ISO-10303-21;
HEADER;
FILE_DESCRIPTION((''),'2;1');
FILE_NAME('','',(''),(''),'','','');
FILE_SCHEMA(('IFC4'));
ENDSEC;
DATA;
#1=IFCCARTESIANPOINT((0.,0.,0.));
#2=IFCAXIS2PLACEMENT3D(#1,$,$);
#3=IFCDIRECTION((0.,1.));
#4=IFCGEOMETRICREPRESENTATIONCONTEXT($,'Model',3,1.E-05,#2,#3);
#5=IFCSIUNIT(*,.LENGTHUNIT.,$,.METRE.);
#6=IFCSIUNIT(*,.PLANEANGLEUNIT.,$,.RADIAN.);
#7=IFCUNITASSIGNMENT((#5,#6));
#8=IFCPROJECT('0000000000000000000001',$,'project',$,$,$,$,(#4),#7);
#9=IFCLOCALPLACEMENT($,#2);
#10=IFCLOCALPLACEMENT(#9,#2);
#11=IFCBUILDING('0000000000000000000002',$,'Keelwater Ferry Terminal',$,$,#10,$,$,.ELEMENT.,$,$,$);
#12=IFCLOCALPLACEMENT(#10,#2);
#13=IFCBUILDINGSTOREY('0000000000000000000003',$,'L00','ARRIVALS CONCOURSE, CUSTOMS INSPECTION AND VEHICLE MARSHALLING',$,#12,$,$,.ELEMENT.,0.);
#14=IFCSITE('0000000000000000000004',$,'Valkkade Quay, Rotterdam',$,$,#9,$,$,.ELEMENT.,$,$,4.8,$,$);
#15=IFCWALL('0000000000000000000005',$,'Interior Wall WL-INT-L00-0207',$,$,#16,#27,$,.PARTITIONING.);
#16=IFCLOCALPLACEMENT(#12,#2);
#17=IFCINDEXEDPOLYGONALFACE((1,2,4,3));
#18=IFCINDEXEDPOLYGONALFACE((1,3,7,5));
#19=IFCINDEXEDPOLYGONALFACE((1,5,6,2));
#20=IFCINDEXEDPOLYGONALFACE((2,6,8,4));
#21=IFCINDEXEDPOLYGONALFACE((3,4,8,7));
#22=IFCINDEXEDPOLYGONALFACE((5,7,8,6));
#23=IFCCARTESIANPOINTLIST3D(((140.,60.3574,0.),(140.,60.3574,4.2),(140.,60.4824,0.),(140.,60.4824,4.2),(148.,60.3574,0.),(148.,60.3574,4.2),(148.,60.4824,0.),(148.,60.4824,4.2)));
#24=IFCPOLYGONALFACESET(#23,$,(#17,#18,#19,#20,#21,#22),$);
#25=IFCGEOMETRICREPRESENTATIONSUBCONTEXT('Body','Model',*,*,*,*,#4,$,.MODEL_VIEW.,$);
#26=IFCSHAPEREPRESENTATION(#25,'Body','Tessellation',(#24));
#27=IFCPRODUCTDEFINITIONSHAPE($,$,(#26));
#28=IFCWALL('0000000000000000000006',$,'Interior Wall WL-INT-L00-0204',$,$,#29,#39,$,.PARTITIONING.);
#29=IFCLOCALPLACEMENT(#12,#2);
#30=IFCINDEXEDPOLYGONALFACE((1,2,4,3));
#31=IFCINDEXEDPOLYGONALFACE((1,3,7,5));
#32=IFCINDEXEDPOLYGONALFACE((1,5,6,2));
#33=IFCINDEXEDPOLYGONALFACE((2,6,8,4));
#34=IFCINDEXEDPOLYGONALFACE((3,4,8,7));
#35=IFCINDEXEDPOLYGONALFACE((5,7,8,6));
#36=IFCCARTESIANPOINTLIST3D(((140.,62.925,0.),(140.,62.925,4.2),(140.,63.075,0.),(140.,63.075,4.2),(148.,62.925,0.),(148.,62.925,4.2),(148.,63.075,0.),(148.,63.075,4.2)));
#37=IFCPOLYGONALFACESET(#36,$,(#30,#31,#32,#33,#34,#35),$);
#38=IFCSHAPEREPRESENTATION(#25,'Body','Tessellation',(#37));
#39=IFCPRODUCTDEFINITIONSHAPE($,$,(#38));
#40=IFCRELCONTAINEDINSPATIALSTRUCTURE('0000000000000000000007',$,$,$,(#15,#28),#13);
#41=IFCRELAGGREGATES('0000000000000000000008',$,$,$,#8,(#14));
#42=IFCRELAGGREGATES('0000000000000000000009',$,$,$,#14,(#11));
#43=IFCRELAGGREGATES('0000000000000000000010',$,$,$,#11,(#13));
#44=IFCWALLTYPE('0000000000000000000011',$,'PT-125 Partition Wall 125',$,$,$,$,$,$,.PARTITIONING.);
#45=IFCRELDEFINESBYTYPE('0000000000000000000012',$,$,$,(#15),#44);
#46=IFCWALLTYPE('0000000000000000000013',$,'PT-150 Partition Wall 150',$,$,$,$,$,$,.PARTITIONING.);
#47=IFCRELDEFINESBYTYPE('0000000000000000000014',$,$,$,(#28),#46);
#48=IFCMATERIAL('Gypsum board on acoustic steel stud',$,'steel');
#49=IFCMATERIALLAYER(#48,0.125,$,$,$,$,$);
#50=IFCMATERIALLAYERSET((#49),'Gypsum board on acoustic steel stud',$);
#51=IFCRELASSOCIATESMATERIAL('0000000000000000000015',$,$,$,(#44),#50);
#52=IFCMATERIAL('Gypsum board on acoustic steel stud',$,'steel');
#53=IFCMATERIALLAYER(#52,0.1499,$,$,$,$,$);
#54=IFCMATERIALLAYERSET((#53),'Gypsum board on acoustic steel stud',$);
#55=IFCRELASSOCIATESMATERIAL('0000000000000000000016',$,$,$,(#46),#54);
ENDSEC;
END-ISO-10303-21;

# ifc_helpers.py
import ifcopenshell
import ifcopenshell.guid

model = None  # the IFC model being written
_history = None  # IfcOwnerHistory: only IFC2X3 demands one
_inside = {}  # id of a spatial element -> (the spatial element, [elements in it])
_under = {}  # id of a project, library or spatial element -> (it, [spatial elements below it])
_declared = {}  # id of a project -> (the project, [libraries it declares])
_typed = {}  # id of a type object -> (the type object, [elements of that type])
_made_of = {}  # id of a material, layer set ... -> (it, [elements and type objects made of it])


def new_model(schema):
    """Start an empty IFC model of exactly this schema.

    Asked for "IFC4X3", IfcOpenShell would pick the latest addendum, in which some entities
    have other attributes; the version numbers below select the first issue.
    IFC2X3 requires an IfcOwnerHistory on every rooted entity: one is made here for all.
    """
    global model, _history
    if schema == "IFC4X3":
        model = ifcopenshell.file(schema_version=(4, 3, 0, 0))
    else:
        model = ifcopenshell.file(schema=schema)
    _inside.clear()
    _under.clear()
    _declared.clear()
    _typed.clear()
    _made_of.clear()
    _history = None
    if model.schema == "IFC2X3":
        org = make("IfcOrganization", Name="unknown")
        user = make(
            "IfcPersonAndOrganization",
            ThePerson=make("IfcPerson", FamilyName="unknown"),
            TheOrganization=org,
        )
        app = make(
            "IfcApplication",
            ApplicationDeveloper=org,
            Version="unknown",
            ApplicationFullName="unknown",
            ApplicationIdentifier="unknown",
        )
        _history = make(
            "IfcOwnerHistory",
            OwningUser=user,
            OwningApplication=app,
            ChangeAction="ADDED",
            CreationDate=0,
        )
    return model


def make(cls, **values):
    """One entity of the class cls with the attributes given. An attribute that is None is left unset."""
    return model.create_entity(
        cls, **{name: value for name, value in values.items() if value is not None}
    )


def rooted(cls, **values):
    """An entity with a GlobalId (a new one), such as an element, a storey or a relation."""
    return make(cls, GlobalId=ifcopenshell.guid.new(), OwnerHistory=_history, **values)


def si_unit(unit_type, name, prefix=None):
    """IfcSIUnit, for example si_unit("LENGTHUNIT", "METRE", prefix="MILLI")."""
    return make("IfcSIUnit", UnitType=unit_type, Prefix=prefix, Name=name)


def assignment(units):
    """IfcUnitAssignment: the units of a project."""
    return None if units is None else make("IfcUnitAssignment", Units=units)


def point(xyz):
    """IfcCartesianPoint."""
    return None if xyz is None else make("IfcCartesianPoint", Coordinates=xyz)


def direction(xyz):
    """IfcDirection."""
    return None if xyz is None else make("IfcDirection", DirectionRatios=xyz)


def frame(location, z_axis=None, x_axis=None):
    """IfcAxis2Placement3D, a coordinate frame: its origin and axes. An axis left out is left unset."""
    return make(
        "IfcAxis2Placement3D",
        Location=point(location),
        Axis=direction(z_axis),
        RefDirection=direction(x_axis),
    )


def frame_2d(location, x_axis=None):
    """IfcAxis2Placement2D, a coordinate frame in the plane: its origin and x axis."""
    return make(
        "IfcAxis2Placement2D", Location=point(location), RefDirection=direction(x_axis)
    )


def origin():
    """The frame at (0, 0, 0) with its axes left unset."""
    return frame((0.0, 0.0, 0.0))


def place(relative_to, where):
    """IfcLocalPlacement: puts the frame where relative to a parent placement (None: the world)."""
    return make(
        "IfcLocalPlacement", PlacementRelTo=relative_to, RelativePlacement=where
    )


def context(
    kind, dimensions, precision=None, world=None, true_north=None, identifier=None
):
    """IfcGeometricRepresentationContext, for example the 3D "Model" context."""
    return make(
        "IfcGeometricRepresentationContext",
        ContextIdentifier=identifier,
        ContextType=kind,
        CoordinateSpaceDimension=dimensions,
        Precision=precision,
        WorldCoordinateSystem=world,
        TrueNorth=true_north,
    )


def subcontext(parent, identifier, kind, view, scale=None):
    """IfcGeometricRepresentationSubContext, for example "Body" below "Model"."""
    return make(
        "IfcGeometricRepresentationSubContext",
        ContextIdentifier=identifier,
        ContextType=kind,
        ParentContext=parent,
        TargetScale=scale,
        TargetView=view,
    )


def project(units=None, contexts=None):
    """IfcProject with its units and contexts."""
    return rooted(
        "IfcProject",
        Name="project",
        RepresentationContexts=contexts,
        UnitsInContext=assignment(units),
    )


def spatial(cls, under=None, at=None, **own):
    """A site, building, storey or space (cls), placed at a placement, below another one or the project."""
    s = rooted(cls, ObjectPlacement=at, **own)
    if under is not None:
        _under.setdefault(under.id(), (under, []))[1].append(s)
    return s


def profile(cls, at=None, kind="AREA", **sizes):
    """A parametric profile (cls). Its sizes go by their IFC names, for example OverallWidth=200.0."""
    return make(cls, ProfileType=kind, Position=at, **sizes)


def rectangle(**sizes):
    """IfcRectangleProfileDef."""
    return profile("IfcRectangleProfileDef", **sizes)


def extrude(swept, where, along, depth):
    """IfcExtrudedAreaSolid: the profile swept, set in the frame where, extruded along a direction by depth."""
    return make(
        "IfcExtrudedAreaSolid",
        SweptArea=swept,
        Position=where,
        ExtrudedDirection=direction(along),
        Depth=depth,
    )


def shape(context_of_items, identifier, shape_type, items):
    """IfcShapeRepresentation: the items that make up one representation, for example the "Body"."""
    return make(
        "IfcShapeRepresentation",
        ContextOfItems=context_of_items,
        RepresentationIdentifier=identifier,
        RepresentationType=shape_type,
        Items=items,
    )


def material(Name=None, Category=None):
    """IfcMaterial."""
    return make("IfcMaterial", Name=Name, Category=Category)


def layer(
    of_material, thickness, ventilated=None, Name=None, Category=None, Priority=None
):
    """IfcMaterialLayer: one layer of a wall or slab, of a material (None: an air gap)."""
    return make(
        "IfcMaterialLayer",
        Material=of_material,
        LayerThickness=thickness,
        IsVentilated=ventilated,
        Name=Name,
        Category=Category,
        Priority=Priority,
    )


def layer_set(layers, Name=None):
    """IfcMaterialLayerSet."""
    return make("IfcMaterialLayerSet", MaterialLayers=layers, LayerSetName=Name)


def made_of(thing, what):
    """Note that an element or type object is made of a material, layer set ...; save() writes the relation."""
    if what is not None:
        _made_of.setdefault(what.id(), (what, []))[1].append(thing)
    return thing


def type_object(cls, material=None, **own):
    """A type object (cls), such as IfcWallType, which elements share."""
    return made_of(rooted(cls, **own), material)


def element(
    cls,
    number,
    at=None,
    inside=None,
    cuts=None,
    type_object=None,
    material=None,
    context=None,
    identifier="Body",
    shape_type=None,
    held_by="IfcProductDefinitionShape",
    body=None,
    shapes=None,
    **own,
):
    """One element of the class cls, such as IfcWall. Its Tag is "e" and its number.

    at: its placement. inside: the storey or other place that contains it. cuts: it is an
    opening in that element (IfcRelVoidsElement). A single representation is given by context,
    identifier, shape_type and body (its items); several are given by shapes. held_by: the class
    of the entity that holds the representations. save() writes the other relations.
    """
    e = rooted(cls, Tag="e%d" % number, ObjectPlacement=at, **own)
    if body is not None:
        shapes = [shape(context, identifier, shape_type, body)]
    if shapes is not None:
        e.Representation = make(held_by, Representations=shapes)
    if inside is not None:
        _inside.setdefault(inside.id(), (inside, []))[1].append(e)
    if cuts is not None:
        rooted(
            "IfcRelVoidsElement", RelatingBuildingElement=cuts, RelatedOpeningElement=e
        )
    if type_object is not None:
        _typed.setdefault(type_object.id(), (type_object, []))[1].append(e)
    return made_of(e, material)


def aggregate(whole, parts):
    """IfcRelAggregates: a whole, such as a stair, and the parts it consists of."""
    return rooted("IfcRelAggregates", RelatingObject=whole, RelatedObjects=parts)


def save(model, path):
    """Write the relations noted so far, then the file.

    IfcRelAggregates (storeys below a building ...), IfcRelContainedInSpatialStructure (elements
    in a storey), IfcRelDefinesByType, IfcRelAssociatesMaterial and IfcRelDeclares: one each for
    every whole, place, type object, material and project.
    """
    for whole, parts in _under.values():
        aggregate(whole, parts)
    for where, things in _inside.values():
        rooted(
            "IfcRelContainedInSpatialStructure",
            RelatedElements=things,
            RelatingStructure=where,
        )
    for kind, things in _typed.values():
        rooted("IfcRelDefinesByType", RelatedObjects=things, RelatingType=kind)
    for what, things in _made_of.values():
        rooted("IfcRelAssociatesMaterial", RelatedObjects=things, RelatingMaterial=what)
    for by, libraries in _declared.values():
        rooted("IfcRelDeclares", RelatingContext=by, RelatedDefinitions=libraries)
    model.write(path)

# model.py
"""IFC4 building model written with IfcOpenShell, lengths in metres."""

from ifc_helpers import new_model, si_unit, direction, frame, frame_2d, origin, place, context, subcontext, project, spatial, rectangle, extrude, material, layer, layer_set, type_object, element, save


model = new_model("IFC4")

# Units and contexts
model_context = context("Model", 3, precision=1e-05, world=origin(), true_north=direction((0.0, 1.0)))
body_context = subcontext(model_context, "Body", "Model", "MODEL_VIEW")
ifc_project = project(units=[si_unit("LENGTHUNIT", "METRE"), si_unit("PLANEANGLEUNIT", "RADIAN")], contexts=[model_context])

# Site, building, storey
site_placement = place(None, origin())
site = spatial("IfcSite", under=ifc_project, at=site_placement, Name="Valkkade Quay, Rotterdam", CompositionType="ELEMENT", RefElevation=4.8)
building_placement = place(site_placement, origin())
building = spatial("IfcBuilding", under=site, at=building_placement, Name="Keelwater Ferry Terminal", CompositionType="ELEMENT")
storey_placement = place(building_placement, origin())
storey = spatial("IfcBuildingStorey", under=building, at=storey_placement, Name="L00", Description="ARRIVALS CONCOURSE, CUSTOMS INSPECTION AND VEHICLE MARSHALLING", CompositionType="ELEMENT", Elevation=0.0)

# Walls
ifc_material_1 = material(Name="Gypsum board on acoustic steel stud", Category="steel")
ifc_layer_1 = layer(ifc_material_1, 0.125)
ifc_layer_set_1 = layer_set([ifc_layer_1], Name="Gypsum board on acoustic steel stud")
wall_type_1 = type_object("IfcWallType", Name="PT-125 Partition Wall 125", PredefinedType="PARTITIONING", material=ifc_layer_set_1)
for number, where, z_axis, x_axis, name in (
    (1, (140.0, 60.4199, 0.0), (0.0, 0.0, 1.0), (1.0, 0.0, 0.0), "Interior Wall WL-INT-L00-0207"),
):
    element("IfcWall", number, at=place(storey_placement, frame(where, z_axis=z_axis, x_axis=x_axis)), inside=storey, type_object=wall_type_1, Name=name, PredefinedType="PARTITIONING", context=body_context, shape_type="SweptSolid", body=[
        extrude(rectangle(XDim=8.0, YDim=0.125, at=frame_2d((4.0, 0.0))), origin(), (0.0, 0.0, 1.0), 4.2),
    ])
ifc_material_2 = material(Name="Gypsum board on acoustic steel stud", Category="steel")
ifc_layer_2 = layer(ifc_material_2, 0.1499)
ifc_layer_set_2 = layer_set([ifc_layer_2], Name="Gypsum board on acoustic steel stud")
wall_type_2 = type_object("IfcWallType", Name="PT-150 Partition Wall 150", PredefinedType="PARTITIONING", material=ifc_layer_set_2)
wall_placement = place(storey_placement, frame((140.0, 63.0, 0.0), z_axis=(0.0, 0.0, 1.0), x_axis=(1.0, 0.0, 0.0)))
element("IfcWall", 2, at=wall_placement, inside=storey, type_object=wall_type_2, Name="Interior Wall WL-INT-L00-0204", PredefinedType="PARTITIONING", context=body_context, shape_type="SweptSolid", body=[
    extrude(rectangle(XDim=8.0, YDim=0.1499, at=frame_2d((4.0, 0.0))), origin(), (0.0, 0.0, 1.0), 4.2),
])

save(model, "model.ifc")
